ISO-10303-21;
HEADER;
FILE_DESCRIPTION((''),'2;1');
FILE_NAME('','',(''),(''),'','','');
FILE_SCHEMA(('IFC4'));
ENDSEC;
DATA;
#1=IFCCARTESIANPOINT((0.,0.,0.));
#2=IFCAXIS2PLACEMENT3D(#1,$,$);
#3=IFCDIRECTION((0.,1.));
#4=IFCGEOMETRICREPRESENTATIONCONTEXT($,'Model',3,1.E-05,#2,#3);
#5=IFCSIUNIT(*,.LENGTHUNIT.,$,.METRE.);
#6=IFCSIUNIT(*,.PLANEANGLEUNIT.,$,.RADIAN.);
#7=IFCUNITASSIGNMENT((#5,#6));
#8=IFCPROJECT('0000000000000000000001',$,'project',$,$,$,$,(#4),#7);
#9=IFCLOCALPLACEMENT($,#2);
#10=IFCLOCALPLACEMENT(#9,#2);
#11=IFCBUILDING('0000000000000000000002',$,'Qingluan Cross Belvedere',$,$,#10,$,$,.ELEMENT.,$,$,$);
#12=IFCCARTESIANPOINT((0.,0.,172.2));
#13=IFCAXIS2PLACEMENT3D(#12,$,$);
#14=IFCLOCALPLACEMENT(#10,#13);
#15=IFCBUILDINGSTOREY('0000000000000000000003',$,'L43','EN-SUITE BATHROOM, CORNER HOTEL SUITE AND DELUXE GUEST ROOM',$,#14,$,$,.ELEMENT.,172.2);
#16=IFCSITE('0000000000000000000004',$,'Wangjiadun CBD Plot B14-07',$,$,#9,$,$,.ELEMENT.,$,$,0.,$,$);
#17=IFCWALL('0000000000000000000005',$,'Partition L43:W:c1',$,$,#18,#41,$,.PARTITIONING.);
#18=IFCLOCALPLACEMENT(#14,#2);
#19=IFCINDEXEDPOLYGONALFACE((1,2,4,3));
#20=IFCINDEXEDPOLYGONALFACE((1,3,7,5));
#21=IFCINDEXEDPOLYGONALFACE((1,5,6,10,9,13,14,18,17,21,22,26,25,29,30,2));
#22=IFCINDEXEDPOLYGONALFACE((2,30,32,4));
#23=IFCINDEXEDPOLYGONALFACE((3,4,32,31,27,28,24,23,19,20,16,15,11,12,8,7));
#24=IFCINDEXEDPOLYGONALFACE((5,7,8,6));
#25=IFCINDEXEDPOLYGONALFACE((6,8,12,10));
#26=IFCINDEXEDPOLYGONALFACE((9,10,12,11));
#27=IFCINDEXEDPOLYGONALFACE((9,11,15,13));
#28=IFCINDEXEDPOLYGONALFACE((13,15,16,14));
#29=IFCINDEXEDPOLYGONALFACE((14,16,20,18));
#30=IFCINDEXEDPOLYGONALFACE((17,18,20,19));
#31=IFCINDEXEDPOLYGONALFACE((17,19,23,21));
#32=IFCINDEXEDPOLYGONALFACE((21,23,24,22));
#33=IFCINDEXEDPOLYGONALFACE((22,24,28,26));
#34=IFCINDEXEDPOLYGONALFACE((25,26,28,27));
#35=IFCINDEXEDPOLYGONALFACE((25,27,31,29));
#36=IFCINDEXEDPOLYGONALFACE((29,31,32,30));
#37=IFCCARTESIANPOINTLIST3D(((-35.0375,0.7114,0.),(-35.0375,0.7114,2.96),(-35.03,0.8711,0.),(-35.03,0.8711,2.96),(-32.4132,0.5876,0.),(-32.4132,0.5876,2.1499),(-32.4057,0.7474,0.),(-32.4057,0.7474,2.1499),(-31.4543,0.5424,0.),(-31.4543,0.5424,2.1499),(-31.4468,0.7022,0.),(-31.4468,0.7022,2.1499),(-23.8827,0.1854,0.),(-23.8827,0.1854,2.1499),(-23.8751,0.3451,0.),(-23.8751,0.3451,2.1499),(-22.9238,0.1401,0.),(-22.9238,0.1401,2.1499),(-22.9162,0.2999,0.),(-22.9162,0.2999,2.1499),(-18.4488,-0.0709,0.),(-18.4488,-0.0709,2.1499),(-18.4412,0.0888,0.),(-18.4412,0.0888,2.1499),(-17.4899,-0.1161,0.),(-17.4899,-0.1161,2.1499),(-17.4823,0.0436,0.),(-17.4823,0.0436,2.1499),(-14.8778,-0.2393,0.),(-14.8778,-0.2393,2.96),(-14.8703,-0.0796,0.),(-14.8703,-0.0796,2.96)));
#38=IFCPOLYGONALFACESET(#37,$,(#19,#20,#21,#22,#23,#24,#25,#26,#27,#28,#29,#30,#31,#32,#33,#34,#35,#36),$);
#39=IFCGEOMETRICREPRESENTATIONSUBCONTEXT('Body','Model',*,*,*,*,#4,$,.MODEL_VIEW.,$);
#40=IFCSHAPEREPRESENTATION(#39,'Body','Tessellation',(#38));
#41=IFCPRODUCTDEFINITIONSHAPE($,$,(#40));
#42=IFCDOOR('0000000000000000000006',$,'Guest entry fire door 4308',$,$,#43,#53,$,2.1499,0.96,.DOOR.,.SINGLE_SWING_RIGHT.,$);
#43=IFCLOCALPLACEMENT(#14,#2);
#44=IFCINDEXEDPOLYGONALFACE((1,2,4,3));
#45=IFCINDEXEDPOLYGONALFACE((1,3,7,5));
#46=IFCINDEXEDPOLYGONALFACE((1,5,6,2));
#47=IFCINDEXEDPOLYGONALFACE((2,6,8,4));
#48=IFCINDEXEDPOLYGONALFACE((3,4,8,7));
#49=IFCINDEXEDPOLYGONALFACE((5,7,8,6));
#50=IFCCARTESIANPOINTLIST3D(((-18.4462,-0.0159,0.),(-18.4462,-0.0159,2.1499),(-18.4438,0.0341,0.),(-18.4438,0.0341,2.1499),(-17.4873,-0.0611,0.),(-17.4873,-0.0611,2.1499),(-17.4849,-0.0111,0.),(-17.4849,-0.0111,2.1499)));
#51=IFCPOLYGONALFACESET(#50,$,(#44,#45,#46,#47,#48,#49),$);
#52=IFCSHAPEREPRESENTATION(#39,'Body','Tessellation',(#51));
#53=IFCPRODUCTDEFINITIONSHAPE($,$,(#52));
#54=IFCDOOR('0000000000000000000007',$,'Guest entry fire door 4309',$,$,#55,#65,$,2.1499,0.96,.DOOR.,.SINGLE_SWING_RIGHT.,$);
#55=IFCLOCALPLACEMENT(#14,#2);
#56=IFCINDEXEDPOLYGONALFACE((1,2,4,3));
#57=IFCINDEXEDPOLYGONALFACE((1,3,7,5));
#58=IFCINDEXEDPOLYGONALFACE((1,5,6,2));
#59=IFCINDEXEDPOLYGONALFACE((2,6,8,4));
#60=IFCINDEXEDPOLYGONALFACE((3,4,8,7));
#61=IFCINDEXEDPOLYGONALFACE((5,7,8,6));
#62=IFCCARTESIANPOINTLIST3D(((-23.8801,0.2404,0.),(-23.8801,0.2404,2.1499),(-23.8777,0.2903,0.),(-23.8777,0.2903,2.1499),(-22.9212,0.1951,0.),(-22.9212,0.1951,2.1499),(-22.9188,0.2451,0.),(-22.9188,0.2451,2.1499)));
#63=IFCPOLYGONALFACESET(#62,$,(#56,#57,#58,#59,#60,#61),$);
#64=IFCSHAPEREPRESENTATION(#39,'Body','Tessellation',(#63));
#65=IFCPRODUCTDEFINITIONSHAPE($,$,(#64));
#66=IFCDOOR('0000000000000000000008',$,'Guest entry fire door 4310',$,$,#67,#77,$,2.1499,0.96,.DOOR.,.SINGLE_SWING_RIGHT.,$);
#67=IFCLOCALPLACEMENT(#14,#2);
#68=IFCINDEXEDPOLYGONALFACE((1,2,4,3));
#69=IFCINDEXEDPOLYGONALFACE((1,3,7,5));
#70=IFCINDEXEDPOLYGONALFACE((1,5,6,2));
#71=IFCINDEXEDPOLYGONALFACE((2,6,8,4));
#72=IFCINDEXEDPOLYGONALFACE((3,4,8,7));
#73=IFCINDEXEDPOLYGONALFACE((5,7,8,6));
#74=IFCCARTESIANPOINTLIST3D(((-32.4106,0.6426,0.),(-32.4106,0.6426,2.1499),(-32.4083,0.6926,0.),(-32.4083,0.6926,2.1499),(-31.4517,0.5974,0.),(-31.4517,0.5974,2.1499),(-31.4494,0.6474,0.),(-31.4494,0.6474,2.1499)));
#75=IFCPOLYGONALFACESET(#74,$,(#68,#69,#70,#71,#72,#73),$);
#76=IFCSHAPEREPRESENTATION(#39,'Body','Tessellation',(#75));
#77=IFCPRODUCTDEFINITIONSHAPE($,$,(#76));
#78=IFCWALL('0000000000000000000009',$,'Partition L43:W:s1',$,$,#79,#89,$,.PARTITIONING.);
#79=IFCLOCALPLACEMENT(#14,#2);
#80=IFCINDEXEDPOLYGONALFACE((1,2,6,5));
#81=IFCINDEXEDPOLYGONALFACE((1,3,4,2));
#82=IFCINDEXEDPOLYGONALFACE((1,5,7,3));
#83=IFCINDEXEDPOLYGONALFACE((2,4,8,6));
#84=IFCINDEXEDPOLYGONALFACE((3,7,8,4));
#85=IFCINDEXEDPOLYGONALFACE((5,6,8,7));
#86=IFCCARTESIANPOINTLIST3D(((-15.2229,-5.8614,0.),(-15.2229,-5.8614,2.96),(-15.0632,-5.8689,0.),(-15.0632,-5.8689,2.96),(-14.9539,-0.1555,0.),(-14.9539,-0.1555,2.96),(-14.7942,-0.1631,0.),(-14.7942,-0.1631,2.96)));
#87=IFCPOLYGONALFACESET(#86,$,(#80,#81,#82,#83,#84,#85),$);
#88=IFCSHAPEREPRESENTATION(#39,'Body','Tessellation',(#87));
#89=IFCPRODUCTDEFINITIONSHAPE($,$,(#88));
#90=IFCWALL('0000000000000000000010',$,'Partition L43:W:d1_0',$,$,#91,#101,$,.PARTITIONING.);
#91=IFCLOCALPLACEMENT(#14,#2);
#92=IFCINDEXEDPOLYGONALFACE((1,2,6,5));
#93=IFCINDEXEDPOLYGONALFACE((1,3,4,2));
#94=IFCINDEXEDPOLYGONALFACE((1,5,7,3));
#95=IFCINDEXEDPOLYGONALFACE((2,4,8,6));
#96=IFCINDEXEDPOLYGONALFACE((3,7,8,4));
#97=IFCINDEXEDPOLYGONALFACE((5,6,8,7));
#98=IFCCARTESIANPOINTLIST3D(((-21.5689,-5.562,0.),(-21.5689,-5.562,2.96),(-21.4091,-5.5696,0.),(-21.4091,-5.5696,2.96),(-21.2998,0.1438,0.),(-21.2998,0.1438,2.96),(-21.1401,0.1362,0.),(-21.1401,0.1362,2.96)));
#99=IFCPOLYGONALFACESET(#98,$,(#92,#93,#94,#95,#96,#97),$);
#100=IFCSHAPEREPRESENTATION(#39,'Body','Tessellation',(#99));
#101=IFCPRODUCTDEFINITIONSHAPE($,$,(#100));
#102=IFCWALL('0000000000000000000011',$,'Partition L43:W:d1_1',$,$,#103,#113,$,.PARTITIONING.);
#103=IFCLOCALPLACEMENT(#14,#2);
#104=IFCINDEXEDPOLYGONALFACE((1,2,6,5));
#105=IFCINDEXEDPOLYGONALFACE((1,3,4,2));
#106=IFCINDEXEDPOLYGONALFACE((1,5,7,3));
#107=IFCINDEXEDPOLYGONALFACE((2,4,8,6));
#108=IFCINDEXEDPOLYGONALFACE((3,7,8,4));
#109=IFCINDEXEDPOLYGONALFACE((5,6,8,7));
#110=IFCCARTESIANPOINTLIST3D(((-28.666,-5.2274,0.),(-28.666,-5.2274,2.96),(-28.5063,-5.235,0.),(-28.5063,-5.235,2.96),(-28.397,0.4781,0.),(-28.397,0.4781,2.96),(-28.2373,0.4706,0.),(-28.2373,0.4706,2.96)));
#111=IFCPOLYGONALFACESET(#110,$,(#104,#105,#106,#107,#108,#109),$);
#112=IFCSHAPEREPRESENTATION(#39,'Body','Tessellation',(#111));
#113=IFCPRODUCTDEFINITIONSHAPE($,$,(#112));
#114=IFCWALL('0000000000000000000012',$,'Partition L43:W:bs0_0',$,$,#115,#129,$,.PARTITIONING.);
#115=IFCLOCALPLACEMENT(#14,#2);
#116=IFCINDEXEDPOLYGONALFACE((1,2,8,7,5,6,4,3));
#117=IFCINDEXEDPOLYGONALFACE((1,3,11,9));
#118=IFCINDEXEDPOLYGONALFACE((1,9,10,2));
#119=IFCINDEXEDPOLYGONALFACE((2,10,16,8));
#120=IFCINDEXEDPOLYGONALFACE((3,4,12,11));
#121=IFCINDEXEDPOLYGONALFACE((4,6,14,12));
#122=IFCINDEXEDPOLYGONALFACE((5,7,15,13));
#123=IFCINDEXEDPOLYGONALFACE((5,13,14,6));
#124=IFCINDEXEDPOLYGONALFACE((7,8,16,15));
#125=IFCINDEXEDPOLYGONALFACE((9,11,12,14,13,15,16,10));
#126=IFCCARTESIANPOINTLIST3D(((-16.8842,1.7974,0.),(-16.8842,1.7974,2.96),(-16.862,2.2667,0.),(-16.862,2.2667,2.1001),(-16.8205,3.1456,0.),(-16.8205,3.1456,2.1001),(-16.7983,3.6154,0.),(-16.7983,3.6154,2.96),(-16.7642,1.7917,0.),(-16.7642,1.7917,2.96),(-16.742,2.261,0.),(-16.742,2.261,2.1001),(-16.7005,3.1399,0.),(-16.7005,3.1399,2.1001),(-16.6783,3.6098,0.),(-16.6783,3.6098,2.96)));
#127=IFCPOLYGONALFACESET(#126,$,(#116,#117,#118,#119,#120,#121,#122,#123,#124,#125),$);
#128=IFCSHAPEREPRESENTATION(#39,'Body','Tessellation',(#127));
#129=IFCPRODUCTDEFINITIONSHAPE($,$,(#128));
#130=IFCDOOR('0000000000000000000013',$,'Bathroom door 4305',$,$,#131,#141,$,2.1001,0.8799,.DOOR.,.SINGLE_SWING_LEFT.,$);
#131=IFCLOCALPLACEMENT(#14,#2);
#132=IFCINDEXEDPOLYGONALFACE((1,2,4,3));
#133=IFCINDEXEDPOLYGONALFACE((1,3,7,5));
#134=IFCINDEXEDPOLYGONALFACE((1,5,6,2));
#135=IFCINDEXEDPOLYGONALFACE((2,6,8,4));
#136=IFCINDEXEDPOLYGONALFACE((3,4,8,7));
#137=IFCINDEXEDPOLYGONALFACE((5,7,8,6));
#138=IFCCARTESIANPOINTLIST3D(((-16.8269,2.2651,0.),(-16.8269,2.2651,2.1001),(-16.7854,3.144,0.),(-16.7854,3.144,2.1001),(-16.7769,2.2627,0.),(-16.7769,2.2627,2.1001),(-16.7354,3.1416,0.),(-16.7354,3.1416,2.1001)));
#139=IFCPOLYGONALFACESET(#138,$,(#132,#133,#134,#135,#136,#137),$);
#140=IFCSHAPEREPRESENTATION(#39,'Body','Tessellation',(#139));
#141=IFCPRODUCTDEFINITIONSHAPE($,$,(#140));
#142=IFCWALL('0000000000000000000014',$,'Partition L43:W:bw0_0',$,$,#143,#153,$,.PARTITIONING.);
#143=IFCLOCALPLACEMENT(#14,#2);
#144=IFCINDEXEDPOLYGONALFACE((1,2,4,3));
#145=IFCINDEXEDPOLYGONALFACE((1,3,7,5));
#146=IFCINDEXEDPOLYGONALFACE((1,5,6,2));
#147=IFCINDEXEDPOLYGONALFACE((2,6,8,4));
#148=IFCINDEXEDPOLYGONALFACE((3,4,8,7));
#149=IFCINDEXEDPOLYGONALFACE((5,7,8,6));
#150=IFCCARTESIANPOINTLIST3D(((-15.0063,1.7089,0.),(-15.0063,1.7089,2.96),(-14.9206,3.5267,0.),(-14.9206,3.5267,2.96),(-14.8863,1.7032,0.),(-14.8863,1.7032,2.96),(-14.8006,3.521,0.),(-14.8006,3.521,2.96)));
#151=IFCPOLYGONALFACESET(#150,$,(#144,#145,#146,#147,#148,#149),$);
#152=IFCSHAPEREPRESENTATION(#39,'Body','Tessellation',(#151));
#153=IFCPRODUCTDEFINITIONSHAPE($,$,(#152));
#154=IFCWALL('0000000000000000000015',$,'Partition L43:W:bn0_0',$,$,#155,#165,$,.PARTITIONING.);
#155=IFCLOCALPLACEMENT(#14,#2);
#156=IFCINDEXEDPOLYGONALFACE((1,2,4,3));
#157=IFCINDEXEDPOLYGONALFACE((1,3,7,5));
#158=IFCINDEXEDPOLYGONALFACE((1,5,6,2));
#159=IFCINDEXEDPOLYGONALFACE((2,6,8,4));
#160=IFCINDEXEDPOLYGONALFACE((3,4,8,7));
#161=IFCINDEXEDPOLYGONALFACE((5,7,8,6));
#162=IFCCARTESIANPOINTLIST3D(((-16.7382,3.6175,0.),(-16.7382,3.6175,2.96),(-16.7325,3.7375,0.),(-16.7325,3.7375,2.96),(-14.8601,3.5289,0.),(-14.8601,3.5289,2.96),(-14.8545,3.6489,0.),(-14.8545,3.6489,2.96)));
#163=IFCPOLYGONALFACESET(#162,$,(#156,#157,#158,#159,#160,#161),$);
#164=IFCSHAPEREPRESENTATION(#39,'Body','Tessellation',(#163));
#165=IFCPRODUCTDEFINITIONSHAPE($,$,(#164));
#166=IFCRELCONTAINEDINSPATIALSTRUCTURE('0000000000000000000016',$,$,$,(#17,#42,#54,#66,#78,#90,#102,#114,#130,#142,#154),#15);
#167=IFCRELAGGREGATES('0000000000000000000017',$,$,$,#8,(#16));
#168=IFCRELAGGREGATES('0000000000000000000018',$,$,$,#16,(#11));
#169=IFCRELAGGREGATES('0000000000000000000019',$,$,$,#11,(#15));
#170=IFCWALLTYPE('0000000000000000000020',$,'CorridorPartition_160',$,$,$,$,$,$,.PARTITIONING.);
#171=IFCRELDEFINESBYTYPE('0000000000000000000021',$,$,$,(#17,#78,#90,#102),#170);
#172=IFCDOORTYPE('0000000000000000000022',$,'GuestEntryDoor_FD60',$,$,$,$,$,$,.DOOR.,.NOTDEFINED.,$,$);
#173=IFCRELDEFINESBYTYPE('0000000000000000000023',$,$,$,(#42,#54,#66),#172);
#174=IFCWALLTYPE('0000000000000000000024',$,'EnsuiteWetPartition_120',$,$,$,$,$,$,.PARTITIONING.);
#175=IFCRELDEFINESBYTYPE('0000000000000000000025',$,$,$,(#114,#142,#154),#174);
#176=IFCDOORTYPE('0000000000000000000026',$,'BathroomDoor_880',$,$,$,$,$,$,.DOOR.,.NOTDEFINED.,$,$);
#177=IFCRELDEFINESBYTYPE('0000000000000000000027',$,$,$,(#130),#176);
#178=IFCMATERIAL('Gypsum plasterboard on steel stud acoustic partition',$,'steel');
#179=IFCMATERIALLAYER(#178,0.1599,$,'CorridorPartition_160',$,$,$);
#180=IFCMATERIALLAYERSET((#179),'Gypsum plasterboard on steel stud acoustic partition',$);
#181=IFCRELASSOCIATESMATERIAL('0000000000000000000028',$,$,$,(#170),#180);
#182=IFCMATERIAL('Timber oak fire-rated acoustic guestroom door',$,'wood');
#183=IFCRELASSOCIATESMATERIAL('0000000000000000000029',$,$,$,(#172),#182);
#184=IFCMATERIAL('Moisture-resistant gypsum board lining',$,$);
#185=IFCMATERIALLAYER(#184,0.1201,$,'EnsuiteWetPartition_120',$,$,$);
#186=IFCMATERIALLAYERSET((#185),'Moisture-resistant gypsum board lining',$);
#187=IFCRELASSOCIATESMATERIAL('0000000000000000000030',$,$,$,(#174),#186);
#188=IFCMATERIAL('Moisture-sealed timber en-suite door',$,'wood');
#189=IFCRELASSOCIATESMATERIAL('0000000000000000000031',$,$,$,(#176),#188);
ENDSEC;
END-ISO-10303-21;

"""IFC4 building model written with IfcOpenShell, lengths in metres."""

from ifc_helpers import new_model, si_unit, direction, frame, frame_2d, origin, place, context, subcontext, project, spatial, rectangle, extrude, material, layer, layer_set, type_object, element, fill, save


model = new_model("IFC4")

# Units and contexts
model_context = context("Model", 3, precision=1e-05, world=origin(), true_north=direction((0.0, 1.0)))
body_context = subcontext(model_context, "Body", "Model", "MODEL_VIEW")
ifc_project = project(units=[si_unit("LENGTHUNIT", "METRE"), si_unit("PLANEANGLEUNIT", "RADIAN")], contexts=[model_context])

# Site, building, storey
site_placement = place(None, origin())
site = spatial("IfcSite", under=ifc_project, at=site_placement, Name="Wangjiadun CBD Plot B14-07", CompositionType="ELEMENT", RefElevation=0.0)
building_placement = place(site_placement, origin())
building = spatial("IfcBuilding", under=site, at=building_placement, Name="Qingluan Cross Belvedere", CompositionType="ELEMENT")
storey_placement = place(building_placement, frame((0.0, 0.0, 172.2)))
storey = spatial("IfcBuildingStorey", under=building, at=storey_placement, Name="L43", Description="EN-SUITE BATHROOM, CORNER HOTEL SUITE AND DELUXE GUEST ROOM", CompositionType="ELEMENT", Elevation=172.2)

# Shared definitions
ifc_material_1 = material(Name="Gypsum plasterboard on steel stud acoustic partition", Category="steel")
ifc_layer_1 = layer(ifc_material_1, 0.1599, Name="CorridorPartition_160")
ifc_layer_set_1 = layer_set([ifc_layer_1], Name="Gypsum plasterboard on steel stud acoustic partition")
wall_type_1 = type_object("IfcWallType", Name="CorridorPartition_160", PredefinedType="PARTITIONING", material=ifc_layer_set_1)
ifc_material_2 = material(Name="Timber oak fire-rated acoustic guestroom door", Category="wood")
door_type_1 = type_object("IfcDoorType", Name="GuestEntryDoor_FD60", OperationType="NOTDEFINED", PredefinedType="DOOR", material=ifc_material_2)

# Wall, openings, doors
wall_1_placement = place(storey_placement, frame((-14.874, -0.1594, 0.0), z_axis=(0.0, 0.0, 1.0), x_axis=(-0.99889, 0.047105, 0.0)))
wall_1 = element("IfcWall", 1, at=wall_1_placement, inside=storey, type_object=wall_type_1, Name="Partition L43:W:c1", PredefinedType="PARTITIONING", context=body_context, shape_type="SweptSolid", body=[
    extrude(rectangle(XDim=20.1821, YDim=0.1599, at=frame_2d((10.0911, 0.0))), origin(), (0.0, 0.0, 1.0), 2.96),
])
opening_1_placement = place(wall_1_placement, frame((2.615, 0.0, 0.0)))
opening_1 = element("IfcOpeningElement", 2, at=opening_1_placement, cuts=wall_1, PredefinedType="OPENING", context=body_context, shape_type="SweptSolid", body=[
    extrude(rectangle(XDim=0.96, YDim=2.1499, at=frame_2d((0.48, 1.075))), frame((0.0, 0.0898, 0.0), z_axis=(0.0, -1.0, 0.0), x_axis=(1.0, 0.0, 0.0)), (0.0, 0.0, 1.0), 0.1799),
])
opening_2_placement = place(wall_1_placement, frame((8.0549, 0.0, 0.0)))
opening_2 = element("IfcOpeningElement", 3, at=opening_2_placement, cuts=wall_1, PredefinedType="OPENING", context=body_context, shape_type="SweptSolid", body=[
    extrude(rectangle(XDim=0.96, YDim=2.1499, at=frame_2d((0.48, 1.075))), frame((0.0, 0.0898, 0.0), z_axis=(0.0, -1.0, 0.0), x_axis=(1.0, 0.0, 0.0)), (0.0, 0.0, 1.0), 0.1799),
])
opening_3_placement = place(wall_1_placement, frame((16.595, 0.0, 0.0)))
opening_3 = element("IfcOpeningElement", 4, at=opening_3_placement, cuts=wall_1, PredefinedType="OPENING", context=body_context, shape_type="SweptSolid", body=[
    extrude(rectangle(XDim=0.96, YDim=2.1499, at=frame_2d((0.48, 1.075))), frame((0.0, 0.0898, 0.0), z_axis=(0.0, -1.0, 0.0), x_axis=(1.0, 0.0, 0.0)), (0.0, 0.0, 1.0), 0.1799),
])
door_1_placement = place(opening_1_placement, origin())
door_1 = element("IfcDoor", 5, at=door_1_placement, inside=storey, type_object=door_type_1, Name="Guest entry fire door 4308", OperationType="SINGLE_SWING_RIGHT", OverallHeight=2.1499, OverallWidth=0.96, PredefinedType="DOOR", context=body_context, shape_type="SweptSolid", body=[
    extrude(rectangle(XDim=0.96, YDim=2.1499, at=frame_2d((0.48, 1.075))), frame((0.0, 0.0249, 0.0), z_axis=(0.0, -1.0, 0.0), x_axis=(1.0, 0.0, 0.0)), (0.0, 0.0, 1.0), 0.05),
])
fill(opening_1, door_1)
door_2_placement = place(opening_2_placement, origin())
door_2 = element("IfcDoor", 6, at=door_2_placement, inside=storey, type_object=door_type_1, Name="Guest entry fire door 4309", OperationType="SINGLE_SWING_RIGHT", OverallHeight=2.1499, OverallWidth=0.96, PredefinedType="DOOR", context=body_context, shape_type="SweptSolid", body=[
    extrude(rectangle(XDim=0.96, YDim=2.1499, at=frame_2d((0.48, 1.075))), frame((0.0, 0.0249, 0.0), z_axis=(0.0, -1.0, 0.0), x_axis=(1.0, 0.0, 0.0)), (0.0, 0.0, 1.0), 0.05),
])
fill(opening_2, door_2)
door_3_placement = place(opening_3_placement, origin())
door_3 = element("IfcDoor", 7, at=door_3_placement, inside=storey, type_object=door_type_1, Name="Guest entry fire door 4310", OperationType="SINGLE_SWING_RIGHT", OverallHeight=2.1499, OverallWidth=0.96, PredefinedType="DOOR", context=body_context, shape_type="SweptSolid", body=[
    extrude(rectangle(XDim=0.96, YDim=2.1499, at=frame_2d((0.48, 1.075))), frame((0.0, 0.0249, 0.0), z_axis=(0.0, -1.0, 0.0), x_axis=(1.0, 0.0, 0.0)), (0.0, 0.0, 1.0), 0.05),
])
fill(opening_3, door_3)

# Walls
for number, where, z_axis, x_axis, name in (
    (8, (-14.874, -0.1594, 0.0), (0.0, 0.0, 1.0), (-0.0471, -0.99889, 0.0), "Partition L43:W:s1"),
    (9, (-21.22, 0.1399, 0.0), (0.0, 0.0, 1.0), (-0.0471, -0.99889, 0.0), "Partition L43:W:d1_0"),
):
    element("IfcWall", number, at=place(storey_placement, frame(where, z_axis=z_axis, x_axis=x_axis)), inside=storey, type_object=wall_type_1, Name=name, PredefinedType="PARTITIONING", context=body_context, shape_type="SweptSolid", body=[
        extrude(rectangle(XDim=5.7122, YDim=0.1599, at=frame_2d((2.856, 0.0))), origin(), (0.0, 0.0, 1.0), 2.96),
    ])
wall_2_placement = place(storey_placement, frame((-28.3171, 0.4744, 0.0), z_axis=(0.0, 0.0, 1.0), x_axis=(-0.047102, -0.99889, 0.0)))
element("IfcWall", 10, at=wall_2_placement, inside=storey, type_object=wall_type_1, Name="Partition L43:W:d1_1", PredefinedType="PARTITIONING", context=body_context, shape_type="SweptSolid", body=[
    extrude(rectangle(XDim=5.7119, YDim=0.1599, at=frame_2d((2.856, 0.0))), origin(), (0.0, 0.0, 1.0), 2.96),
])

# Wall, opening, door
ifc_material_3 = material(Name="Moisture-resistant gypsum board lining")
ifc_layer_2 = layer(ifc_material_3, 0.1201, Name="EnsuiteWetPartition_120")
ifc_layer_set_2 = layer_set([ifc_layer_2], Name="Moisture-resistant gypsum board lining")
wall_type_2 = type_object("IfcWallType", Name="EnsuiteWetPartition_120", PredefinedType="PARTITIONING", material=ifc_layer_set_2)
wall_3_placement = place(storey_placement, frame((-16.8242, 1.7944, 0.0), z_axis=(0.0, 0.0, 1.0), x_axis=(0.047215, 0.998885, 0.0)))
wall_3 = element("IfcWall", 11, at=wall_3_placement, inside=storey, type_object=wall_type_2, Name="Partition L43:W:bs0_0", PredefinedType="PARTITIONING", context=body_context, shape_type="SweptSolid", body=[
    extrude(rectangle(XDim=1.8201, YDim=0.1201, at=frame_2d((0.9102, 0.0))), origin(), (0.0, 0.0, 1.0), 2.96),
])
opening_4_placement = place(wall_3_placement, frame((0.47, 0.0, 0.0)))
opening_4 = element("IfcOpeningElement", 12, at=opening_4_placement, cuts=wall_3, PredefinedType="OPENING", context=body_context, shape_type="SweptSolid", body=[
    extrude(rectangle(XDim=0.8799, YDim=2.1001, at=frame_2d((0.4399, 1.05))), frame((0.0, 0.0701, 0.0), z_axis=(0.0, -1.0, 0.0), x_axis=(1.0, 0.0, 0.0)), (0.0, 0.0, 1.0), 0.1401),
])
ifc_material_4 = material(Name="Moisture-sealed timber en-suite door", Category="wood")
door_type_2 = type_object("IfcDoorType", Name="BathroomDoor_880", OperationType="NOTDEFINED", PredefinedType="DOOR", material=ifc_material_4)
door_4_placement = place(opening_4_placement, origin())
door_4 = element("IfcDoor", 13, at=door_4_placement, inside=storey, type_object=door_type_2, Name="Bathroom door 4305", OperationType="SINGLE_SWING_LEFT", OverallHeight=2.1001, OverallWidth=0.8799, PredefinedType="DOOR", context=body_context, shape_type="SweptSolid", body=[
    extrude(rectangle(XDim=0.8799, YDim=2.1001, at=frame_2d((0.4399, 1.05))), frame((0.0, 0.0249, 0.0), z_axis=(0.0, -1.0, 0.0), x_axis=(1.0, 0.0, 0.0)), (0.0, 0.0, 1.0), 0.05),
])
fill(opening_4, door_4)

# Walls
wall_4_placement = place(storey_placement, frame((-14.9463, 1.7061, 0.0), z_axis=(0.0, 0.0, 1.0), x_axis=(0.047087, 0.998891, 0.0)))
element("IfcWall", 14, at=wall_4_placement, inside=storey, type_object=wall_type_2, Name="Partition L43:W:bw0_0", PredefinedType="PARTITIONING", context=body_context, shape_type="SweptSolid", body=[
    extrude(rectangle(XDim=1.8198, YDim=0.1201, at=frame_2d((0.9099, 0.0))), origin(), (0.0, 0.0, 1.0), 2.96),
])
wall_5_placement = place(storey_placement, frame((-14.8574, 3.5889, 0.0), z_axis=(0.0, 0.0, 1.0), x_axis=(-0.998888, 0.047139, 0.0)))
element("IfcWall", 15, at=wall_5_placement, inside=storey, type_object=wall_type_2, Name="Partition L43:W:bn0_0", PredefinedType="PARTITIONING", context=body_context, shape_type="SweptSolid", body=[
    extrude(rectangle(XDim=1.8801, YDim=0.1201, at=frame_2d((0.9399, 0.0))), origin(), (0.0, 0.0, 1.0), 2.96),
])

save(model, "model.ifc")
